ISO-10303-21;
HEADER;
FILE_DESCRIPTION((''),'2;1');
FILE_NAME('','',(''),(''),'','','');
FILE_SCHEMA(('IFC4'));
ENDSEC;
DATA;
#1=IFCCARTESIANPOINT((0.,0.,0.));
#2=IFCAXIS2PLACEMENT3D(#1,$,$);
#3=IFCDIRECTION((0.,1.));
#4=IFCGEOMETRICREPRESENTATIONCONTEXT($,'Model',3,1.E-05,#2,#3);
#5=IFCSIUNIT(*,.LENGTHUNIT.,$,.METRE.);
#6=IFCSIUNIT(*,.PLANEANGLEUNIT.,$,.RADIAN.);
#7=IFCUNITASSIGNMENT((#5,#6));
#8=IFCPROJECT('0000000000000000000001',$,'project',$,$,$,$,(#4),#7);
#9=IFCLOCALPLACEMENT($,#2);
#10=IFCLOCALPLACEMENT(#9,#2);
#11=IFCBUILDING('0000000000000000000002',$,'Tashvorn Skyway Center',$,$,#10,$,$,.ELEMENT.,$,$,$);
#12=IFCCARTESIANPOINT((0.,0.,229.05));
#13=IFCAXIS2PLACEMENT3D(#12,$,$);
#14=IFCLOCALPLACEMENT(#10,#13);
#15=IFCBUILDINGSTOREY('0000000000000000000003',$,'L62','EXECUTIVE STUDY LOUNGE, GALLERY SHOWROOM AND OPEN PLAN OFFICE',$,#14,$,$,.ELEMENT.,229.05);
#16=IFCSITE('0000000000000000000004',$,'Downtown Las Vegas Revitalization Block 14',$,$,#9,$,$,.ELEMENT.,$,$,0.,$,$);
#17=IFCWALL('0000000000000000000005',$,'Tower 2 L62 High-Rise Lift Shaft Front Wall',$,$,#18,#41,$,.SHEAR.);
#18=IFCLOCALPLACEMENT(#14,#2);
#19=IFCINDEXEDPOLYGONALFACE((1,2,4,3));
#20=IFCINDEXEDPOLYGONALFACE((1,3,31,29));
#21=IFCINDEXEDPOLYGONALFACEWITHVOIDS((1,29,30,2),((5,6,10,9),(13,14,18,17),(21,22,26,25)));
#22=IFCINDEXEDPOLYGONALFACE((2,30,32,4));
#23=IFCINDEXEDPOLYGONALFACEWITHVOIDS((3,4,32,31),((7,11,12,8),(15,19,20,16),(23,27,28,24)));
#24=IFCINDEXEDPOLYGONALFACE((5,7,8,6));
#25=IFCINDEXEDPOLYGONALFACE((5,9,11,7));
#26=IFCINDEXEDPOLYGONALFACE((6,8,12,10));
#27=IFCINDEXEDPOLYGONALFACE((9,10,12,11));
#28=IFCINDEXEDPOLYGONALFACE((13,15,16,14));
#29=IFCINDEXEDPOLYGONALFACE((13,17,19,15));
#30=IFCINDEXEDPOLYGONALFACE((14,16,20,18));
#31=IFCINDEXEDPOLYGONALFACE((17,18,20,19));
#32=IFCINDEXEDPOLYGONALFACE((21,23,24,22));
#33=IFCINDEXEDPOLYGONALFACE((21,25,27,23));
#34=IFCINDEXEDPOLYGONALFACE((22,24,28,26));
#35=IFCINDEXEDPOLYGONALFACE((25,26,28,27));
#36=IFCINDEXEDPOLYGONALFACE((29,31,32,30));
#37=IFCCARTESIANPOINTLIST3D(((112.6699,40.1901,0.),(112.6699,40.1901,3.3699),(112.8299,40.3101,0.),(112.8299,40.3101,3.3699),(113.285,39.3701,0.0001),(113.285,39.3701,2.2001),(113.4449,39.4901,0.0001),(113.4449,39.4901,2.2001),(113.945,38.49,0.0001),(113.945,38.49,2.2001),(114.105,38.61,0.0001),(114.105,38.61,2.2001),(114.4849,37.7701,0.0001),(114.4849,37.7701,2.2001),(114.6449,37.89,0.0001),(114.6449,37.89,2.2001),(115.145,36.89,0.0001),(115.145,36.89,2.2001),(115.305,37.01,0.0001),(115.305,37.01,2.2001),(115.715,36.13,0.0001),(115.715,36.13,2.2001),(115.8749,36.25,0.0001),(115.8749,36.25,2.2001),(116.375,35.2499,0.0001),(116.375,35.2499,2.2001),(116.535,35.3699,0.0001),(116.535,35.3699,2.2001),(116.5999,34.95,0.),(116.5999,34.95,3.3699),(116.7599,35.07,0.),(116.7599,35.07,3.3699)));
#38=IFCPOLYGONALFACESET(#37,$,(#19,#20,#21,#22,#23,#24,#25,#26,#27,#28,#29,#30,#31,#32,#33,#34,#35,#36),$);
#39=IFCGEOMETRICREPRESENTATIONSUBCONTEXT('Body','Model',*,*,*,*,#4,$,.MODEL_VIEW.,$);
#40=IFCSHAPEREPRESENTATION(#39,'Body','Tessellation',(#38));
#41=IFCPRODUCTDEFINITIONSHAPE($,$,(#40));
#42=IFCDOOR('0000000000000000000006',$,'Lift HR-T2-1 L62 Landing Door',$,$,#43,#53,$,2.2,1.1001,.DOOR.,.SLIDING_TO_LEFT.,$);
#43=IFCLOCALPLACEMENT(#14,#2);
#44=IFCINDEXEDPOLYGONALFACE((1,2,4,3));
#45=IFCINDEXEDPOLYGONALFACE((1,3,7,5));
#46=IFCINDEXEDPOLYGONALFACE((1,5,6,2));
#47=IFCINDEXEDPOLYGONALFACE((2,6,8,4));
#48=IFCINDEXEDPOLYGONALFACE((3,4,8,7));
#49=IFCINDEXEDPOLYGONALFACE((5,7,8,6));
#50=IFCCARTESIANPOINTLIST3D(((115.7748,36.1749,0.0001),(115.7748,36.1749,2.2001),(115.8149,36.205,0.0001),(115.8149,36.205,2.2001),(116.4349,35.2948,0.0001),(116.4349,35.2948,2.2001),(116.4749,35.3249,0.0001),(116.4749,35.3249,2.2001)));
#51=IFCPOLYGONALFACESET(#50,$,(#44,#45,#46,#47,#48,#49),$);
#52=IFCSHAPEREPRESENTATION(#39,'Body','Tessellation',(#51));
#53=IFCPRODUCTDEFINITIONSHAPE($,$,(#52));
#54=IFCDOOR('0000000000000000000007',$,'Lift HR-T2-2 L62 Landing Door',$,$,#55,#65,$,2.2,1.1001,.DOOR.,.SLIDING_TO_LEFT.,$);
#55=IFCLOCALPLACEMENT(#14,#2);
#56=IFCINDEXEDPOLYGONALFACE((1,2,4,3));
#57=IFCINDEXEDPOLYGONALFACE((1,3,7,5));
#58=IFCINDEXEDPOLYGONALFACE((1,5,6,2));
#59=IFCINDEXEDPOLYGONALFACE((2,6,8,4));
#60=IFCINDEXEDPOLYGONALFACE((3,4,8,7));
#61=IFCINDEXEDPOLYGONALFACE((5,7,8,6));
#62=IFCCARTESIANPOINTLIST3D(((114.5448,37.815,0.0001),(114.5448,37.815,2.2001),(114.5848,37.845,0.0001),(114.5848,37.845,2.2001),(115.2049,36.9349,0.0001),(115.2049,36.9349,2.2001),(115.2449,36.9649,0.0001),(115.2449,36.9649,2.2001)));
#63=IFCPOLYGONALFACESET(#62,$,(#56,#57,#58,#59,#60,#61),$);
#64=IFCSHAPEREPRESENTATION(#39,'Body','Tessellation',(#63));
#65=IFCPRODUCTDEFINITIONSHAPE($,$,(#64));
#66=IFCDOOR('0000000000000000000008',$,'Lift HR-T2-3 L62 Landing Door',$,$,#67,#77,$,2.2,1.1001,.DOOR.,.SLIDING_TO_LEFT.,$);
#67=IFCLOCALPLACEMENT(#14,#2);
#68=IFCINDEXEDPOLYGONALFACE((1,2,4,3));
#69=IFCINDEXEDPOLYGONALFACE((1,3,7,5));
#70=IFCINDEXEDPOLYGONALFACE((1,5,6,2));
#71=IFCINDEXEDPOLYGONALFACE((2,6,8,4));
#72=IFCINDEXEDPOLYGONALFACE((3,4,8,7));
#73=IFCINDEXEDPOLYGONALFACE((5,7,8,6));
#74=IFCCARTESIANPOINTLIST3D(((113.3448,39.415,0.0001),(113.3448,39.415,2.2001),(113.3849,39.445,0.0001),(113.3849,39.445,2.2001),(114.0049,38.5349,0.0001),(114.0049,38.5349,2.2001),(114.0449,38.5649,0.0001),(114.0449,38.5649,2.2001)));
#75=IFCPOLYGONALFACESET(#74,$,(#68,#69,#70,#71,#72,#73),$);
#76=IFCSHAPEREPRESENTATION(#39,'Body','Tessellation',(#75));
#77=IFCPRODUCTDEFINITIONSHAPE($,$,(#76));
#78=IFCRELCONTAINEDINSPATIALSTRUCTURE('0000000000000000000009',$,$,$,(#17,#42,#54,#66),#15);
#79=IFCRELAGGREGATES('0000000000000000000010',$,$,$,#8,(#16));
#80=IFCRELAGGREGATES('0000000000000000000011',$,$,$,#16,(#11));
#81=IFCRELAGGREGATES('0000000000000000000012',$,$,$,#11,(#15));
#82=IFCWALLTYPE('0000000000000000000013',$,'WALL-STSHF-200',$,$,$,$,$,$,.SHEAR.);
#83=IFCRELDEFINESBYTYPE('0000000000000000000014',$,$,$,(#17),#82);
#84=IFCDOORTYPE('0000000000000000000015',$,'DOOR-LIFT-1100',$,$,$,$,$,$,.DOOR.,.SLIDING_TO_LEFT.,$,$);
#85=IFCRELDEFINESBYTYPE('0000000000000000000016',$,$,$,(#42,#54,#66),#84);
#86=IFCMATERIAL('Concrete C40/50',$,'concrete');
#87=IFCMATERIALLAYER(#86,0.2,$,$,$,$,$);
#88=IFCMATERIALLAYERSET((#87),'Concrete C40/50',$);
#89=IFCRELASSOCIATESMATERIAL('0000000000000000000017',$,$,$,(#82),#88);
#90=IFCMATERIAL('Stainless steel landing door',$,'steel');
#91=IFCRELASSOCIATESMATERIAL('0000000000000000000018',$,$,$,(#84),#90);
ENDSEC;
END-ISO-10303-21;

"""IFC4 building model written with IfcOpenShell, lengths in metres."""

from ifc_helpers import new_model, si_unit, direction, frame, frame_2d, origin, place, context, subcontext, project, spatial, rectangle, extrude, material, layer, layer_set, type_object, element, fill, save


model = new_model("IFC4")

# Units and contexts
model_context = context("Model", 3, precision=1e-05, world=origin(), true_north=direction((0.0, 1.0)))
body_context = subcontext(model_context, "Body", "Model", "MODEL_VIEW")
ifc_project = project(units=[si_unit("LENGTHUNIT", "METRE"), si_unit("PLANEANGLEUNIT", "RADIAN")], contexts=[model_context])

# Site, building, storey
site_placement = place(None, origin())
site = spatial("IfcSite", under=ifc_project, at=site_placement, Name="Downtown Las Vegas Revitalization Block 14", CompositionType="ELEMENT", RefElevation=0.0)
building_placement = place(site_placement, origin())
building = spatial("IfcBuilding", under=site, at=building_placement, Name="Tashvorn Skyway Center", CompositionType="ELEMENT")
storey_placement = place(building_placement, frame((0.0, 0.0, 229.05)))
storey = spatial("IfcBuildingStorey", under=building, at=storey_placement, Name="L62", Description="EXECUTIVE STUDY LOUNGE, GALLERY SHOWROOM AND OPEN PLAN OFFICE", CompositionType="ELEMENT", Elevation=229.05)

# Wall, openings, doors
ifc_material_1 = material(Name="Concrete C40/50", Category="concrete")
ifc_layer_1 = layer(ifc_material_1, 0.2)
ifc_layer_set_1 = layer_set([ifc_layer_1], Name="Concrete C40/50")
wall_type_1 = type_object("IfcWallType", Name="WALL-STSHF-200", PredefinedType="SHEAR", material=ifc_layer_set_1)
wall_1_placement = place(storey_placement, frame((112.75, 40.25, 0.0), z_axis=(0.0, 0.0, 1.0), x_axis=(0.599994, -0.800004, 0.0)))
wall_1 = element("IfcWall", 1, at=wall_1_placement, inside=storey, type_object=wall_type_1, Name="Tower 2 L62 High-Rise Lift Shaft Front Wall", PredefinedType="SHEAR", context=body_context, shape_type="SweptSolid", body=[
    extrude(rectangle(XDim=6.55, YDim=0.2, at=frame_2d((3.2749, 0.0))), origin(), (0.0, 0.0, 1.0), 3.3699),
])
opening_1_placement = place(wall_1_placement, frame((5.075, 0.0, 0.0)))
opening_1 = element("IfcOpeningElement", 2, at=opening_1_placement, cuts=wall_1, PredefinedType="OPENING", context=body_context, shape_type="SweptSolid", body=[
    extrude(rectangle(XDim=1.1001, YDim=2.2, at=frame_2d((0.55, 1.1001))), frame((0.0, 0.1099, 0.0), z_axis=(0.0, -1.0, 0.0), x_axis=(1.0, 0.0, 0.0)), (0.0, 0.0, 1.0), 0.22),
])
opening_2_placement = place(wall_1_placement, frame((3.0249, 0.0, 0.0)))
opening_2 = element("IfcOpeningElement", 3, at=opening_2_placement, cuts=wall_1, PredefinedType="OPENING", context=body_context, shape_type="SweptSolid", body=[
    extrude(rectangle(XDim=1.1001, YDim=2.2, at=frame_2d((0.55, 1.1001))), frame((0.0, 0.1099, 0.0), z_axis=(0.0, -1.0, 0.0), x_axis=(1.0, 0.0, 0.0)), (0.0, 0.0, 1.0), 0.22),
])
opening_3_placement = place(wall_1_placement, frame((1.0249, 0.0, 0.0)))
opening_3 = element("IfcOpeningElement", 4, at=opening_3_placement, cuts=wall_1, PredefinedType="OPENING", context=body_context, shape_type="SweptSolid", body=[
    extrude(rectangle(XDim=1.1001, YDim=2.2, at=frame_2d((0.55, 1.1001))), frame((0.0, 0.1099, 0.0), z_axis=(0.0, -1.0, 0.0), x_axis=(1.0, 0.0, 0.0)), (0.0, 0.0, 1.0), 0.22),
])
ifc_material_2 = material(Name="Stainless steel landing door", Category="steel")
door_type = type_object("IfcDoorType", Name="DOOR-LIFT-1100", OperationType="SLIDING_TO_LEFT", PredefinedType="DOOR", material=ifc_material_2)
door_1_placement = place(opening_1_placement, origin())
door_1 = element("IfcDoor", 5, at=door_1_placement, inside=storey, type_object=door_type, Name="Lift HR-T2-1 L62 Landing Door", OperationType="SLIDING_TO_LEFT", OverallHeight=2.2, OverallWidth=1.1001, PredefinedType="DOOR", context=body_context, shape_type="SweptSolid", body=[
    extrude(rectangle(XDim=1.1001, YDim=2.2, at=frame_2d((0.55, 1.1001))), frame((0.0, 0.0249, 0.0), z_axis=(0.0, -1.0, 0.0), x_axis=(1.0, 0.0, 0.0)), (0.0, 0.0, 1.0), 0.05),
])
fill(opening_1, door_1)
door_2_placement = place(opening_2_placement, origin())
door_2 = element("IfcDoor", 6, at=door_2_placement, inside=storey, type_object=door_type, Name="Lift HR-T2-2 L62 Landing Door", OperationType="SLIDING_TO_LEFT", OverallHeight=2.2, OverallWidth=1.1001, PredefinedType="DOOR", context=body_context, shape_type="SweptSolid", body=[
    extrude(rectangle(XDim=1.1001, YDim=2.2, at=frame_2d((0.55, 1.1001))), frame((0.0, 0.0249, 0.0), z_axis=(0.0, -1.0, 0.0), x_axis=(1.0, 0.0, 0.0)), (0.0, 0.0, 1.0), 0.05),
])
fill(opening_2, door_2)
door_3_placement = place(opening_3_placement, origin())
door_3 = element("IfcDoor", 7, at=door_3_placement, inside=storey, type_object=door_type, Name="Lift HR-T2-3 L62 Landing Door", OperationType="SLIDING_TO_LEFT", OverallHeight=2.2, OverallWidth=1.1001, PredefinedType="DOOR", context=body_context, shape_type="SweptSolid", body=[
    extrude(rectangle(XDim=1.1001, YDim=2.2, at=frame_2d((0.55, 1.1001))), frame((0.0, 0.0249, 0.0), z_axis=(0.0, -1.0, 0.0), x_axis=(1.0, 0.0, 0.0)), (0.0, 0.0, 1.0), 0.05),
])
fill(opening_3, door_3)

save(model, "model.ifc")
